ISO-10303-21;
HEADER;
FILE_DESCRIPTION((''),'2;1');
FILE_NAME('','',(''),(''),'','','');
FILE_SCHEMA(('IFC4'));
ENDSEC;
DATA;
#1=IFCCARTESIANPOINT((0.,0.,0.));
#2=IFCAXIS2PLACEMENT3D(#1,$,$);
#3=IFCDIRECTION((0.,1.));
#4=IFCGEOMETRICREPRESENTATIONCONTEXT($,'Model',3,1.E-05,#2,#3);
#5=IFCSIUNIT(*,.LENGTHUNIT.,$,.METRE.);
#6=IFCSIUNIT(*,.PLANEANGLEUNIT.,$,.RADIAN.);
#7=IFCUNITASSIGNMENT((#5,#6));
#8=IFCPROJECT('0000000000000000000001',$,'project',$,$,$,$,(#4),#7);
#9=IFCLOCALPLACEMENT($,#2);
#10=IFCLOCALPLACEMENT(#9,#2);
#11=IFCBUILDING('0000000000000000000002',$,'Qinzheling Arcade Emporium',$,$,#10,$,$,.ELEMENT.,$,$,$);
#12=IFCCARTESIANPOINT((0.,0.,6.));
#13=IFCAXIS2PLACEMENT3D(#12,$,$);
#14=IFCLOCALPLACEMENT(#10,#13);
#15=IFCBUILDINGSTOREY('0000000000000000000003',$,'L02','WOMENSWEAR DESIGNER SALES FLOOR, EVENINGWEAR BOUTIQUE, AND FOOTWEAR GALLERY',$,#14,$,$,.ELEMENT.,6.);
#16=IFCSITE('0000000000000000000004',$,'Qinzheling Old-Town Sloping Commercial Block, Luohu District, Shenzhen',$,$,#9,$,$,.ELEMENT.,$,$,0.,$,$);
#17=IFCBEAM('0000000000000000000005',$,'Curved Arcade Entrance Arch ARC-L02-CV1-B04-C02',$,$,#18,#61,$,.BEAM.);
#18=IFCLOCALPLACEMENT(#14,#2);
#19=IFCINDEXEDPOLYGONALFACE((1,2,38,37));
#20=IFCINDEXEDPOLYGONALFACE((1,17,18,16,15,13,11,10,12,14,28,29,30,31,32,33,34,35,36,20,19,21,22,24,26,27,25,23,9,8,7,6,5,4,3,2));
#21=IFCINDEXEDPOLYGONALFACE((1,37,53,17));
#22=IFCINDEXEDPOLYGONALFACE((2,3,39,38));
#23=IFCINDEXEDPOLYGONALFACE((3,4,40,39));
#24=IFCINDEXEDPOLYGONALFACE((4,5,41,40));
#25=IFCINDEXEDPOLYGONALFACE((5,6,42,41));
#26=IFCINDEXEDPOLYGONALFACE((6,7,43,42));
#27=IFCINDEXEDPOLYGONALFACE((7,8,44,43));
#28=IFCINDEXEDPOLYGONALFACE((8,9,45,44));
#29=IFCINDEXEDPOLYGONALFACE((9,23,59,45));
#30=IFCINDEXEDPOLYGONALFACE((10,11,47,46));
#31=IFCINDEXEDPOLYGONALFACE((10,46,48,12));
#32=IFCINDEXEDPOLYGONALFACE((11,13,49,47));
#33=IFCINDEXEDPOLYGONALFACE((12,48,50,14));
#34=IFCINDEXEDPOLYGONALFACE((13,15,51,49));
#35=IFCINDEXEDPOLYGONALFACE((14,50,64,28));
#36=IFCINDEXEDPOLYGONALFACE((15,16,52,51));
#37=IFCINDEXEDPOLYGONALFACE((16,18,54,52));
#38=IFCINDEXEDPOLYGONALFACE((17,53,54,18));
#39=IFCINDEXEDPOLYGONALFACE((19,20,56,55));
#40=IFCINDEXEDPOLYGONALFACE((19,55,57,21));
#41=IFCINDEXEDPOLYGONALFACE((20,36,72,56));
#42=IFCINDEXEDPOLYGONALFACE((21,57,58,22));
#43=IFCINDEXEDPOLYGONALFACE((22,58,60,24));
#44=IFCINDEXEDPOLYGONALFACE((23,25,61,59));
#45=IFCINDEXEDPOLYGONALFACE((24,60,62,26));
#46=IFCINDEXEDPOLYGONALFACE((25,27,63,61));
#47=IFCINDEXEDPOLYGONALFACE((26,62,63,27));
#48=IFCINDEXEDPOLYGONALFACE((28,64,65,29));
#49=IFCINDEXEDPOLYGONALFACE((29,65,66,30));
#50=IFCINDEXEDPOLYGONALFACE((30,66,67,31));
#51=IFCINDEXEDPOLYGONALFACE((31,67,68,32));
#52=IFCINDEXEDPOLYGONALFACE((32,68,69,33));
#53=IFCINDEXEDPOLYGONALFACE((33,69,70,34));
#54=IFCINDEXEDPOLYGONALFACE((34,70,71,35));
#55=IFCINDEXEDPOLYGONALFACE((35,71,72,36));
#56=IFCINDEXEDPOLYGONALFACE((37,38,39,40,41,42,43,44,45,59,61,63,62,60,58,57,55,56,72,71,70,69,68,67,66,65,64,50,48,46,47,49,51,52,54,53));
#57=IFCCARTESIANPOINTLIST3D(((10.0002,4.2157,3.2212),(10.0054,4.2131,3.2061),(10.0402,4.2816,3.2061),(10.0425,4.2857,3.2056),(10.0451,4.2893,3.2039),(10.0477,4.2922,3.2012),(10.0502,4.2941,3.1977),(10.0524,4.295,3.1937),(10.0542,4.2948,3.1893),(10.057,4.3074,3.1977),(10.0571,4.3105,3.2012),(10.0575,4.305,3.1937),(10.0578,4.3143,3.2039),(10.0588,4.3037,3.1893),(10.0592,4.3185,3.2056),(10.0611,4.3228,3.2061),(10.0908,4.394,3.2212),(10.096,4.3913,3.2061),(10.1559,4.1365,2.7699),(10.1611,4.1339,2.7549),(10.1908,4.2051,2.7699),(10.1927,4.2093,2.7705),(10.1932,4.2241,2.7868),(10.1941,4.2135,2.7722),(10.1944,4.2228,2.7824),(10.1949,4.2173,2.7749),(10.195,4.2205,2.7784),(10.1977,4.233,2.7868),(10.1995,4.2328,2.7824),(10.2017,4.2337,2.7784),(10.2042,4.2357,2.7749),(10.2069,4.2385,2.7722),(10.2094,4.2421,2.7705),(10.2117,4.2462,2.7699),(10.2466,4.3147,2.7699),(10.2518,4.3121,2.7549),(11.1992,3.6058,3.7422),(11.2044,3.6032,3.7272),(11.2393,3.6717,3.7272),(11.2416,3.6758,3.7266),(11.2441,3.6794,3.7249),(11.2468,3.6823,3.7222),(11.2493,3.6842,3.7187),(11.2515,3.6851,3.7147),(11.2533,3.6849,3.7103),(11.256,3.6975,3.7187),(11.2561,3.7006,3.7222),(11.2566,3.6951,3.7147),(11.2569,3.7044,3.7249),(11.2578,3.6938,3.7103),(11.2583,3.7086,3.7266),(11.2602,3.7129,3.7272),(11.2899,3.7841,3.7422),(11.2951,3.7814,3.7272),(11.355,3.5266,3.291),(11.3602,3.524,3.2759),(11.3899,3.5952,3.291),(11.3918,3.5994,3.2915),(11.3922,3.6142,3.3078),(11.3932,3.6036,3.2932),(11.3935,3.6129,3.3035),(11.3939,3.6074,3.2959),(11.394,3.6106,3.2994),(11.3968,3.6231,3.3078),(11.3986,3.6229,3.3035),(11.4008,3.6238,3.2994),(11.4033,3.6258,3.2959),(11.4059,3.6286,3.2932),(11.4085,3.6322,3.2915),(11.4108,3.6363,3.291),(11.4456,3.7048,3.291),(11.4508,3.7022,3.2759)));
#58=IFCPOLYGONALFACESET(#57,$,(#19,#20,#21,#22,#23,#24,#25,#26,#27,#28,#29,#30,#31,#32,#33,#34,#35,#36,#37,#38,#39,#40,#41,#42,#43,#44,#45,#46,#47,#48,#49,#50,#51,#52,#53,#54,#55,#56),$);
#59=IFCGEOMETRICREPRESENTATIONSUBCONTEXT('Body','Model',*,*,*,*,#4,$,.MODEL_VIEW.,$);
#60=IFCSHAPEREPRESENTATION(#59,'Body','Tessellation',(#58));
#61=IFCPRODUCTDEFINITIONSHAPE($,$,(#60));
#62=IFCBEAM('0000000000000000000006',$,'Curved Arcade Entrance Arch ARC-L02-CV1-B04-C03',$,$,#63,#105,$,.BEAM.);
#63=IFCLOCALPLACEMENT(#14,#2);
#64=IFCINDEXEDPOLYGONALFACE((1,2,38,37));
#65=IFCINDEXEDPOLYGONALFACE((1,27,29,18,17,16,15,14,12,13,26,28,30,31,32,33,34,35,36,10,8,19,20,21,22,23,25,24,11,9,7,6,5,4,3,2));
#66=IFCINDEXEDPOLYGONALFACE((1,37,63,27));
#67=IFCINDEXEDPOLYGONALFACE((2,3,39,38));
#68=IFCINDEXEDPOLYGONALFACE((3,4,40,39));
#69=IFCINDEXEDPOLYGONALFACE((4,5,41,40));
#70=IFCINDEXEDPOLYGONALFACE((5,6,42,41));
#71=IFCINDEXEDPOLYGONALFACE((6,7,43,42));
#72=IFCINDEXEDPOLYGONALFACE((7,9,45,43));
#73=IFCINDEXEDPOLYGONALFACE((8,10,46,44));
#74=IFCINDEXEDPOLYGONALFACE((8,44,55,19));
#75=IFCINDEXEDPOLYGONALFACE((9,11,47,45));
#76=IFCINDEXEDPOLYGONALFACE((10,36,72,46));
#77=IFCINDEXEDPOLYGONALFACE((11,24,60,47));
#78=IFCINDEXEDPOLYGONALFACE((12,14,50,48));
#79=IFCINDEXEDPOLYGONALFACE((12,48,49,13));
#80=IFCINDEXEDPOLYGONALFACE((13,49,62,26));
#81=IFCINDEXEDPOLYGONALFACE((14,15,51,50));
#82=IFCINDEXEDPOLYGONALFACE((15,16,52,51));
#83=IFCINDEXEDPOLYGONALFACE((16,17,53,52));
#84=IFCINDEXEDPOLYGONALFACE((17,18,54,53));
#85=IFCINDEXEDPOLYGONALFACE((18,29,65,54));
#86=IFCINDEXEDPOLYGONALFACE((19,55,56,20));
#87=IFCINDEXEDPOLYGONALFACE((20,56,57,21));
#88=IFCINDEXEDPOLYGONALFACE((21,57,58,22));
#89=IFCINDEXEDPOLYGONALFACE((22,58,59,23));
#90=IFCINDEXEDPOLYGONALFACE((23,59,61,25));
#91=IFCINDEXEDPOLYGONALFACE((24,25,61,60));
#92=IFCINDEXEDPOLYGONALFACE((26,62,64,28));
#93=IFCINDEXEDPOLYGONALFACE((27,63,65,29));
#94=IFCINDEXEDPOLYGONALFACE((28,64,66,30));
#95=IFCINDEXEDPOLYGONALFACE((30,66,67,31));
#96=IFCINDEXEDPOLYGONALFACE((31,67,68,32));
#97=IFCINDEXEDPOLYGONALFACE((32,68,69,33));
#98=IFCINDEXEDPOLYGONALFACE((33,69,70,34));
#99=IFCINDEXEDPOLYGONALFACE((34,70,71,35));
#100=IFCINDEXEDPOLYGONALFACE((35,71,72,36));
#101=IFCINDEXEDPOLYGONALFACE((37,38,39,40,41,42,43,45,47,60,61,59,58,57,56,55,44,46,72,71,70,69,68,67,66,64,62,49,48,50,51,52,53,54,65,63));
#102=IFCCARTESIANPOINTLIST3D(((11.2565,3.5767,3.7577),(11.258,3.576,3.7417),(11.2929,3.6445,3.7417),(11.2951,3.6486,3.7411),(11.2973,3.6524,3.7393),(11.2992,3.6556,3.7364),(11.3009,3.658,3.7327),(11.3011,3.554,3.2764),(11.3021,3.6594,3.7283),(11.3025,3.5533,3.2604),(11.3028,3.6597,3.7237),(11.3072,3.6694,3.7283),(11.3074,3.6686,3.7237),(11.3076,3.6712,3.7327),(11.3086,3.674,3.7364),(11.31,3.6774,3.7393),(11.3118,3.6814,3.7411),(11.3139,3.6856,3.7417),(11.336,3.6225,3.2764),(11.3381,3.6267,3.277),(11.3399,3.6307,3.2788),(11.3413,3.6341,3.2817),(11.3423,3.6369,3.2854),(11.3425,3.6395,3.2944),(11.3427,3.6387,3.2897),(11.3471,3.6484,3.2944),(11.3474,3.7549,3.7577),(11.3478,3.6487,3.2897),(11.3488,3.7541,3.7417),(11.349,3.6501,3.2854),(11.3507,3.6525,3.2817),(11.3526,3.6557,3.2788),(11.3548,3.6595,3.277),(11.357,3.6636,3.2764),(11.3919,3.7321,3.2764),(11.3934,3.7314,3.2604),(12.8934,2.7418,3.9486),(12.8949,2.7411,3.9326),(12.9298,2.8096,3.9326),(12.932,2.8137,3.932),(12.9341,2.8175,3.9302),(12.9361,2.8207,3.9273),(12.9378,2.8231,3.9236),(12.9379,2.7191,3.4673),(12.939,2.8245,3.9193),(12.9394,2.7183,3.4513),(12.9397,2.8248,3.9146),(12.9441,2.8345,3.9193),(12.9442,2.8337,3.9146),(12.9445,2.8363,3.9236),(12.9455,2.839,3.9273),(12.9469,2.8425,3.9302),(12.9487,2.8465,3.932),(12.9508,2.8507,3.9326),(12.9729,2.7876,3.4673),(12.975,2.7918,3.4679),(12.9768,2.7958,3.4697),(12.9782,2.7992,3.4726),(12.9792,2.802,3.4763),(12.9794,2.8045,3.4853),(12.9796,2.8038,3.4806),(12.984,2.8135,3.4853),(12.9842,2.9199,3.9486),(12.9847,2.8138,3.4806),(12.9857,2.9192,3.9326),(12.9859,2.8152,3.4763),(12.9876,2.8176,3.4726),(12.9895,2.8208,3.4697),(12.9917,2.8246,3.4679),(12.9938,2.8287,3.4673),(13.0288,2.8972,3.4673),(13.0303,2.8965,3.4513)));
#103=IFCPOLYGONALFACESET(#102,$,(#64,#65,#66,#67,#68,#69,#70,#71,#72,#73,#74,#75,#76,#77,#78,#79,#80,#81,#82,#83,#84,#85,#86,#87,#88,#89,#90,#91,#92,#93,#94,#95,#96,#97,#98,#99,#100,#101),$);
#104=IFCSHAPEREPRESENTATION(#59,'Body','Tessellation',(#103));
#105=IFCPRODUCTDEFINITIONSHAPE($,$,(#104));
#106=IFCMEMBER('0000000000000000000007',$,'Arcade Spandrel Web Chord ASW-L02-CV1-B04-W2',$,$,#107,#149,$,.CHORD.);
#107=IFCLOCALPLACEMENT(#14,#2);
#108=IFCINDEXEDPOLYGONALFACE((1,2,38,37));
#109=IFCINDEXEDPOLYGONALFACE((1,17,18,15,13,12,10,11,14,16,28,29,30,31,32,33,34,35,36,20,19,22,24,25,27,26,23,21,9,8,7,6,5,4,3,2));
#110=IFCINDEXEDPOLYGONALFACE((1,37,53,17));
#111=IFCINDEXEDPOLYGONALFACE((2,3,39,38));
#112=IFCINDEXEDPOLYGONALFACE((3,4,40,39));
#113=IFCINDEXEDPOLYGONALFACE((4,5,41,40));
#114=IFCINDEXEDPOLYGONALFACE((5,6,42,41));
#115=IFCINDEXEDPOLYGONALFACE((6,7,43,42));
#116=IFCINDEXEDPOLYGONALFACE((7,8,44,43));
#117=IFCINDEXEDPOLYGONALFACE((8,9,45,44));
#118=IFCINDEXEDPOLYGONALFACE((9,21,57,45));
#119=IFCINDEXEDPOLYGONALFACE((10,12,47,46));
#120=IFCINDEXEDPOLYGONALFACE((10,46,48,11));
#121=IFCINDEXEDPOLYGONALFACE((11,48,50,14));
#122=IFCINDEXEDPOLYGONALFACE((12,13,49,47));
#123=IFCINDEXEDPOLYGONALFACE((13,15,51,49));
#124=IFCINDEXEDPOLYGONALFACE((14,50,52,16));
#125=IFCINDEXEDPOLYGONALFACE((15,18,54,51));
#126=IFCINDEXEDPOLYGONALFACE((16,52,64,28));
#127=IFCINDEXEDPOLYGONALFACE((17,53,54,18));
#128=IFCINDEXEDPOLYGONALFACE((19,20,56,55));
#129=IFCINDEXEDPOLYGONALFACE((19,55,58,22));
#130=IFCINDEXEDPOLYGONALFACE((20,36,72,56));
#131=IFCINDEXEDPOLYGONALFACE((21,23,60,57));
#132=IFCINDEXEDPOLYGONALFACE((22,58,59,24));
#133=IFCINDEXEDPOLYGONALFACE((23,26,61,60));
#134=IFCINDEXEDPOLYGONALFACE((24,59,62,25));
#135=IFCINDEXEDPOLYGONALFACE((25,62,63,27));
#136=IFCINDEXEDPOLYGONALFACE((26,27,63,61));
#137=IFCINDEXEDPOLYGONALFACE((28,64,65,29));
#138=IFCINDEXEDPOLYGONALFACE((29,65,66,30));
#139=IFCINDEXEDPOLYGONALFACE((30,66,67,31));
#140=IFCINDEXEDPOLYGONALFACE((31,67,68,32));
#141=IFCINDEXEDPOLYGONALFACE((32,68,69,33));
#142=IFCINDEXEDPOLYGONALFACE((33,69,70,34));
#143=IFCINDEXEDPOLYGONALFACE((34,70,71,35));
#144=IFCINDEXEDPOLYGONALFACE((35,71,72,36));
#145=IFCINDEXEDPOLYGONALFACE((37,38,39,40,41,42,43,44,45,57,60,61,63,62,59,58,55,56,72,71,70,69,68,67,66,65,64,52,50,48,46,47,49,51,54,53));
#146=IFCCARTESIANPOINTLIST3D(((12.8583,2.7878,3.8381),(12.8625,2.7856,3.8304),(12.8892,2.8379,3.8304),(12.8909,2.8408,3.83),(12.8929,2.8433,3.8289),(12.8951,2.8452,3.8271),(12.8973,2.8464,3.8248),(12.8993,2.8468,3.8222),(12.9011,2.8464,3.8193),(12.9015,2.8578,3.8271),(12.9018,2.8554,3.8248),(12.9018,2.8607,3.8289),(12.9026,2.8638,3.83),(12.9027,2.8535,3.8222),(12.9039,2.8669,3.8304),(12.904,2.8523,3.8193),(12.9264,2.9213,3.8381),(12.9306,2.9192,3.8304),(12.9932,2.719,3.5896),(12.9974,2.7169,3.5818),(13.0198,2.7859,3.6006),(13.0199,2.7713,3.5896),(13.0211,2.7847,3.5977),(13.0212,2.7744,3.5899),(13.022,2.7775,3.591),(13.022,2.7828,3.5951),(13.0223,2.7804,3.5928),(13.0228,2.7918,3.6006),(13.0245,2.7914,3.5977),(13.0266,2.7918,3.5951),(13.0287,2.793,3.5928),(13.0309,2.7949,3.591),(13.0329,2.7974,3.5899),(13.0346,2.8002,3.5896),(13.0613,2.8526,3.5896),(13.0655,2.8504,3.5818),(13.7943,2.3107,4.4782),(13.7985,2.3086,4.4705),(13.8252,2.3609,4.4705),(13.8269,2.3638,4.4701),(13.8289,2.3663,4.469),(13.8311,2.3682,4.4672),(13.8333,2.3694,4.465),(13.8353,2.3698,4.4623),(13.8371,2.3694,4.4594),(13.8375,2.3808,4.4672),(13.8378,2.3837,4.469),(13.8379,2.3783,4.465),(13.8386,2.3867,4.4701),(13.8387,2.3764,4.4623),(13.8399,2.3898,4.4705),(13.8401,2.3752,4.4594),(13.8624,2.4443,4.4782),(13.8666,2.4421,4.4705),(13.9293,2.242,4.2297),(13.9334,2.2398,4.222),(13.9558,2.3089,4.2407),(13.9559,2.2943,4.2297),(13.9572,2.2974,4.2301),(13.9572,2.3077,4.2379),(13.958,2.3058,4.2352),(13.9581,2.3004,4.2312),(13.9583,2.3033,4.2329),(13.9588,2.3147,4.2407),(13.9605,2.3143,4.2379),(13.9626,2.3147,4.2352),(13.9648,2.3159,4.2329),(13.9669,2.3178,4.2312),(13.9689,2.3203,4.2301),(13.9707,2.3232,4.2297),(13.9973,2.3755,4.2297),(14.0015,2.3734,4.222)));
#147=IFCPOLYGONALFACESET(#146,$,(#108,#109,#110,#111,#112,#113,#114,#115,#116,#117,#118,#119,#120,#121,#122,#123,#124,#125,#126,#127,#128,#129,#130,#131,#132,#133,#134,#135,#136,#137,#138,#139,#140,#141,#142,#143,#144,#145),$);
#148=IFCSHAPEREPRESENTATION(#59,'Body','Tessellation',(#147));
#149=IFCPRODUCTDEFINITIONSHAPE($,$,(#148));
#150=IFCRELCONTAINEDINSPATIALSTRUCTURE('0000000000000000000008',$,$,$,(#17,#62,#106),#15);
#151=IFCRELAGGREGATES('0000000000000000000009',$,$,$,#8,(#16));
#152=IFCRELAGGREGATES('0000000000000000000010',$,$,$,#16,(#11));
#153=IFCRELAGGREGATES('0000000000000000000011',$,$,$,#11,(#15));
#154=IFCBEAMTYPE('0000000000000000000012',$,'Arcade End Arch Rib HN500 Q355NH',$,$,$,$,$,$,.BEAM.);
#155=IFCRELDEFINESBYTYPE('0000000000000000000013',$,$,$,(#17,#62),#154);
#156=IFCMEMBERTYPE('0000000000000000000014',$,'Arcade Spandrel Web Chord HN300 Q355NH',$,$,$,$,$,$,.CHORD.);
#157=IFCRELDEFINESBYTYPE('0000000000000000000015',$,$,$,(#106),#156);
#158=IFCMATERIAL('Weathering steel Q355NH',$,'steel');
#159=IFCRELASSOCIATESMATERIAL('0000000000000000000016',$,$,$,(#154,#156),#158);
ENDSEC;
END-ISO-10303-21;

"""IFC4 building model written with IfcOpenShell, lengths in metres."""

from ifc_helpers import new_model, si_unit, direction, frame, origin, origin_2d, place, context, subcontext, project, spatial, i_section, extrude, material, material_profile, profile_set, type_object, element, save


model = new_model("IFC4")

# Units and contexts
model_context = context("Model", 3, precision=1e-05, world=origin(), true_north=direction((0.0, 1.0)))
body_context = subcontext(model_context, "Body", "Model", "MODEL_VIEW")
ifc_project = project(units=[si_unit("LENGTHUNIT", "METRE"), si_unit("PLANEANGLEUNIT", "RADIAN")], contexts=[model_context])

# Site, building, storey
site_placement = place(None, origin())
site = spatial("IfcSite", under=ifc_project, at=site_placement, Name="Qinzheling Old-Town Sloping Commercial Block, Luohu District, Shenzhen", CompositionType="ELEMENT", RefElevation=0.0)
building_placement = place(site_placement, origin())
building = spatial("IfcBuilding", under=site, at=building_placement, Name="Qinzheling Arcade Emporium", CompositionType="ELEMENT")
storey_placement = place(building_placement, frame((0.0, 0.0, 6.0)))
storey = spatial("IfcBuildingStorey", under=building, at=storey_placement, Name="L02", Description="WOMENSWEAR DESIGNER SALES FLOOR, EVENINGWEAR BOUTIQUE, AND FOOTWEAR GALLERY", CompositionType="ELEMENT", Elevation=6.0)

# Beams
ifc_material_1 = material(Name="Weathering steel Q355NH", Category="steel")
ifc_material_profile_1 = material_profile(ifc_material_1, i_section(OverallWidth=0.2, OverallDepth=0.5, WebThickness=0.01, FlangeThickness=0.0161, FilletRadius=0.0181, at=origin_2d()), Name="HN 500x200x10x16", Category="steel")
ifc_profile_set_1 = profile_set([ifc_material_profile_1], Name="Weathering steel Q355NH")
beam_type_1 = type_object("IfcBeamType", Name="Arcade End Arch Rib HN500 Q355NH", PredefinedType="BEAM", material=ifc_profile_set_1)
beam_1_placement = place(storey_placement, frame((10.126, 4.2639, 2.988), z_axis=(0.831157, -0.422772, 0.361167), x_axis=(0.453374, 0.89132, 0.0)))
element("IfcBeam", 1, at=beam_1_placement, inside=storey, type_object=beam_type_1, Name="Curved Arcade Entrance Arch ARC-L02-CV1-B04-C02", PredefinedType="BEAM", context=body_context, shape_type="SweptSolid", body=[
    extrude(i_section(OverallWidth=0.2, OverallDepth=0.5, WebThickness=0.01, FlangeThickness=0.0161, FilletRadius=0.0181, at=origin_2d()), origin(), (0.0, 0.0, 1.0), 1.4426),
])
beam_2_placement = place(storey_placement, frame((11.325, 3.6541, 3.509), z_axis=(0.886042, -0.451941, 0.103339), x_axis=(0.454374, 0.890811, 0.0)))
element("IfcBeam", 2, at=beam_2_placement, inside=storey, type_object=beam_type_1, Name="Curved Arcade Entrance Arch ARC-L02-CV1-B04-C03", PredefinedType="BEAM", context=body_context, shape_type="SweptSolid", body=[
    extrude(i_section(OverallWidth=0.2, OverallDepth=0.5, WebThickness=0.01, FlangeThickness=0.0161, FilletRadius=0.0181, at=origin_2d()), origin(), (0.0, 0.0, 1.0), 1.8474),
])

# Member
ifc_material_profile_2 = material_profile(ifc_material_1, i_section(OverallWidth=0.1499, OverallDepth=0.3, WebThickness=0.0066, FlangeThickness=0.009, FilletRadius=0.0129, at=origin_2d()), Name="HN 300x150x6.5x9", Category="steel")
ifc_profile_set_2 = profile_set([ifc_material_profile_2], Name="Weathering steel Q355NH")
member_type_1 = type_object("IfcMemberType", Name="Arcade Spandrel Web Chord HN300 Q355NH", PredefinedType="CHORD", material=ifc_profile_set_2)
member_1_placement = place(storey_placement, frame((12.9619, 2.8191, 3.71), z_axis=(0.76085, -0.387767, 0.520331), x_axis=(0.454079, 0.890961, 0.0)))
element("IfcMember", 3, at=member_1_placement, inside=storey, type_object=member_type_1, Name="Arcade Spandrel Web Chord ASW-L02-CV1-B04-W2", PredefinedType="CHORD", context=body_context, shape_type="SweptSolid", body=[
    extrude(i_section(OverallWidth=0.1499, OverallDepth=0.3, WebThickness=0.0066, FlangeThickness=0.009, FilletRadius=0.0129, at=origin_2d()), origin(), (0.0, 0.0, 1.0), 1.2302),
])

save(model, "model.ifc")
